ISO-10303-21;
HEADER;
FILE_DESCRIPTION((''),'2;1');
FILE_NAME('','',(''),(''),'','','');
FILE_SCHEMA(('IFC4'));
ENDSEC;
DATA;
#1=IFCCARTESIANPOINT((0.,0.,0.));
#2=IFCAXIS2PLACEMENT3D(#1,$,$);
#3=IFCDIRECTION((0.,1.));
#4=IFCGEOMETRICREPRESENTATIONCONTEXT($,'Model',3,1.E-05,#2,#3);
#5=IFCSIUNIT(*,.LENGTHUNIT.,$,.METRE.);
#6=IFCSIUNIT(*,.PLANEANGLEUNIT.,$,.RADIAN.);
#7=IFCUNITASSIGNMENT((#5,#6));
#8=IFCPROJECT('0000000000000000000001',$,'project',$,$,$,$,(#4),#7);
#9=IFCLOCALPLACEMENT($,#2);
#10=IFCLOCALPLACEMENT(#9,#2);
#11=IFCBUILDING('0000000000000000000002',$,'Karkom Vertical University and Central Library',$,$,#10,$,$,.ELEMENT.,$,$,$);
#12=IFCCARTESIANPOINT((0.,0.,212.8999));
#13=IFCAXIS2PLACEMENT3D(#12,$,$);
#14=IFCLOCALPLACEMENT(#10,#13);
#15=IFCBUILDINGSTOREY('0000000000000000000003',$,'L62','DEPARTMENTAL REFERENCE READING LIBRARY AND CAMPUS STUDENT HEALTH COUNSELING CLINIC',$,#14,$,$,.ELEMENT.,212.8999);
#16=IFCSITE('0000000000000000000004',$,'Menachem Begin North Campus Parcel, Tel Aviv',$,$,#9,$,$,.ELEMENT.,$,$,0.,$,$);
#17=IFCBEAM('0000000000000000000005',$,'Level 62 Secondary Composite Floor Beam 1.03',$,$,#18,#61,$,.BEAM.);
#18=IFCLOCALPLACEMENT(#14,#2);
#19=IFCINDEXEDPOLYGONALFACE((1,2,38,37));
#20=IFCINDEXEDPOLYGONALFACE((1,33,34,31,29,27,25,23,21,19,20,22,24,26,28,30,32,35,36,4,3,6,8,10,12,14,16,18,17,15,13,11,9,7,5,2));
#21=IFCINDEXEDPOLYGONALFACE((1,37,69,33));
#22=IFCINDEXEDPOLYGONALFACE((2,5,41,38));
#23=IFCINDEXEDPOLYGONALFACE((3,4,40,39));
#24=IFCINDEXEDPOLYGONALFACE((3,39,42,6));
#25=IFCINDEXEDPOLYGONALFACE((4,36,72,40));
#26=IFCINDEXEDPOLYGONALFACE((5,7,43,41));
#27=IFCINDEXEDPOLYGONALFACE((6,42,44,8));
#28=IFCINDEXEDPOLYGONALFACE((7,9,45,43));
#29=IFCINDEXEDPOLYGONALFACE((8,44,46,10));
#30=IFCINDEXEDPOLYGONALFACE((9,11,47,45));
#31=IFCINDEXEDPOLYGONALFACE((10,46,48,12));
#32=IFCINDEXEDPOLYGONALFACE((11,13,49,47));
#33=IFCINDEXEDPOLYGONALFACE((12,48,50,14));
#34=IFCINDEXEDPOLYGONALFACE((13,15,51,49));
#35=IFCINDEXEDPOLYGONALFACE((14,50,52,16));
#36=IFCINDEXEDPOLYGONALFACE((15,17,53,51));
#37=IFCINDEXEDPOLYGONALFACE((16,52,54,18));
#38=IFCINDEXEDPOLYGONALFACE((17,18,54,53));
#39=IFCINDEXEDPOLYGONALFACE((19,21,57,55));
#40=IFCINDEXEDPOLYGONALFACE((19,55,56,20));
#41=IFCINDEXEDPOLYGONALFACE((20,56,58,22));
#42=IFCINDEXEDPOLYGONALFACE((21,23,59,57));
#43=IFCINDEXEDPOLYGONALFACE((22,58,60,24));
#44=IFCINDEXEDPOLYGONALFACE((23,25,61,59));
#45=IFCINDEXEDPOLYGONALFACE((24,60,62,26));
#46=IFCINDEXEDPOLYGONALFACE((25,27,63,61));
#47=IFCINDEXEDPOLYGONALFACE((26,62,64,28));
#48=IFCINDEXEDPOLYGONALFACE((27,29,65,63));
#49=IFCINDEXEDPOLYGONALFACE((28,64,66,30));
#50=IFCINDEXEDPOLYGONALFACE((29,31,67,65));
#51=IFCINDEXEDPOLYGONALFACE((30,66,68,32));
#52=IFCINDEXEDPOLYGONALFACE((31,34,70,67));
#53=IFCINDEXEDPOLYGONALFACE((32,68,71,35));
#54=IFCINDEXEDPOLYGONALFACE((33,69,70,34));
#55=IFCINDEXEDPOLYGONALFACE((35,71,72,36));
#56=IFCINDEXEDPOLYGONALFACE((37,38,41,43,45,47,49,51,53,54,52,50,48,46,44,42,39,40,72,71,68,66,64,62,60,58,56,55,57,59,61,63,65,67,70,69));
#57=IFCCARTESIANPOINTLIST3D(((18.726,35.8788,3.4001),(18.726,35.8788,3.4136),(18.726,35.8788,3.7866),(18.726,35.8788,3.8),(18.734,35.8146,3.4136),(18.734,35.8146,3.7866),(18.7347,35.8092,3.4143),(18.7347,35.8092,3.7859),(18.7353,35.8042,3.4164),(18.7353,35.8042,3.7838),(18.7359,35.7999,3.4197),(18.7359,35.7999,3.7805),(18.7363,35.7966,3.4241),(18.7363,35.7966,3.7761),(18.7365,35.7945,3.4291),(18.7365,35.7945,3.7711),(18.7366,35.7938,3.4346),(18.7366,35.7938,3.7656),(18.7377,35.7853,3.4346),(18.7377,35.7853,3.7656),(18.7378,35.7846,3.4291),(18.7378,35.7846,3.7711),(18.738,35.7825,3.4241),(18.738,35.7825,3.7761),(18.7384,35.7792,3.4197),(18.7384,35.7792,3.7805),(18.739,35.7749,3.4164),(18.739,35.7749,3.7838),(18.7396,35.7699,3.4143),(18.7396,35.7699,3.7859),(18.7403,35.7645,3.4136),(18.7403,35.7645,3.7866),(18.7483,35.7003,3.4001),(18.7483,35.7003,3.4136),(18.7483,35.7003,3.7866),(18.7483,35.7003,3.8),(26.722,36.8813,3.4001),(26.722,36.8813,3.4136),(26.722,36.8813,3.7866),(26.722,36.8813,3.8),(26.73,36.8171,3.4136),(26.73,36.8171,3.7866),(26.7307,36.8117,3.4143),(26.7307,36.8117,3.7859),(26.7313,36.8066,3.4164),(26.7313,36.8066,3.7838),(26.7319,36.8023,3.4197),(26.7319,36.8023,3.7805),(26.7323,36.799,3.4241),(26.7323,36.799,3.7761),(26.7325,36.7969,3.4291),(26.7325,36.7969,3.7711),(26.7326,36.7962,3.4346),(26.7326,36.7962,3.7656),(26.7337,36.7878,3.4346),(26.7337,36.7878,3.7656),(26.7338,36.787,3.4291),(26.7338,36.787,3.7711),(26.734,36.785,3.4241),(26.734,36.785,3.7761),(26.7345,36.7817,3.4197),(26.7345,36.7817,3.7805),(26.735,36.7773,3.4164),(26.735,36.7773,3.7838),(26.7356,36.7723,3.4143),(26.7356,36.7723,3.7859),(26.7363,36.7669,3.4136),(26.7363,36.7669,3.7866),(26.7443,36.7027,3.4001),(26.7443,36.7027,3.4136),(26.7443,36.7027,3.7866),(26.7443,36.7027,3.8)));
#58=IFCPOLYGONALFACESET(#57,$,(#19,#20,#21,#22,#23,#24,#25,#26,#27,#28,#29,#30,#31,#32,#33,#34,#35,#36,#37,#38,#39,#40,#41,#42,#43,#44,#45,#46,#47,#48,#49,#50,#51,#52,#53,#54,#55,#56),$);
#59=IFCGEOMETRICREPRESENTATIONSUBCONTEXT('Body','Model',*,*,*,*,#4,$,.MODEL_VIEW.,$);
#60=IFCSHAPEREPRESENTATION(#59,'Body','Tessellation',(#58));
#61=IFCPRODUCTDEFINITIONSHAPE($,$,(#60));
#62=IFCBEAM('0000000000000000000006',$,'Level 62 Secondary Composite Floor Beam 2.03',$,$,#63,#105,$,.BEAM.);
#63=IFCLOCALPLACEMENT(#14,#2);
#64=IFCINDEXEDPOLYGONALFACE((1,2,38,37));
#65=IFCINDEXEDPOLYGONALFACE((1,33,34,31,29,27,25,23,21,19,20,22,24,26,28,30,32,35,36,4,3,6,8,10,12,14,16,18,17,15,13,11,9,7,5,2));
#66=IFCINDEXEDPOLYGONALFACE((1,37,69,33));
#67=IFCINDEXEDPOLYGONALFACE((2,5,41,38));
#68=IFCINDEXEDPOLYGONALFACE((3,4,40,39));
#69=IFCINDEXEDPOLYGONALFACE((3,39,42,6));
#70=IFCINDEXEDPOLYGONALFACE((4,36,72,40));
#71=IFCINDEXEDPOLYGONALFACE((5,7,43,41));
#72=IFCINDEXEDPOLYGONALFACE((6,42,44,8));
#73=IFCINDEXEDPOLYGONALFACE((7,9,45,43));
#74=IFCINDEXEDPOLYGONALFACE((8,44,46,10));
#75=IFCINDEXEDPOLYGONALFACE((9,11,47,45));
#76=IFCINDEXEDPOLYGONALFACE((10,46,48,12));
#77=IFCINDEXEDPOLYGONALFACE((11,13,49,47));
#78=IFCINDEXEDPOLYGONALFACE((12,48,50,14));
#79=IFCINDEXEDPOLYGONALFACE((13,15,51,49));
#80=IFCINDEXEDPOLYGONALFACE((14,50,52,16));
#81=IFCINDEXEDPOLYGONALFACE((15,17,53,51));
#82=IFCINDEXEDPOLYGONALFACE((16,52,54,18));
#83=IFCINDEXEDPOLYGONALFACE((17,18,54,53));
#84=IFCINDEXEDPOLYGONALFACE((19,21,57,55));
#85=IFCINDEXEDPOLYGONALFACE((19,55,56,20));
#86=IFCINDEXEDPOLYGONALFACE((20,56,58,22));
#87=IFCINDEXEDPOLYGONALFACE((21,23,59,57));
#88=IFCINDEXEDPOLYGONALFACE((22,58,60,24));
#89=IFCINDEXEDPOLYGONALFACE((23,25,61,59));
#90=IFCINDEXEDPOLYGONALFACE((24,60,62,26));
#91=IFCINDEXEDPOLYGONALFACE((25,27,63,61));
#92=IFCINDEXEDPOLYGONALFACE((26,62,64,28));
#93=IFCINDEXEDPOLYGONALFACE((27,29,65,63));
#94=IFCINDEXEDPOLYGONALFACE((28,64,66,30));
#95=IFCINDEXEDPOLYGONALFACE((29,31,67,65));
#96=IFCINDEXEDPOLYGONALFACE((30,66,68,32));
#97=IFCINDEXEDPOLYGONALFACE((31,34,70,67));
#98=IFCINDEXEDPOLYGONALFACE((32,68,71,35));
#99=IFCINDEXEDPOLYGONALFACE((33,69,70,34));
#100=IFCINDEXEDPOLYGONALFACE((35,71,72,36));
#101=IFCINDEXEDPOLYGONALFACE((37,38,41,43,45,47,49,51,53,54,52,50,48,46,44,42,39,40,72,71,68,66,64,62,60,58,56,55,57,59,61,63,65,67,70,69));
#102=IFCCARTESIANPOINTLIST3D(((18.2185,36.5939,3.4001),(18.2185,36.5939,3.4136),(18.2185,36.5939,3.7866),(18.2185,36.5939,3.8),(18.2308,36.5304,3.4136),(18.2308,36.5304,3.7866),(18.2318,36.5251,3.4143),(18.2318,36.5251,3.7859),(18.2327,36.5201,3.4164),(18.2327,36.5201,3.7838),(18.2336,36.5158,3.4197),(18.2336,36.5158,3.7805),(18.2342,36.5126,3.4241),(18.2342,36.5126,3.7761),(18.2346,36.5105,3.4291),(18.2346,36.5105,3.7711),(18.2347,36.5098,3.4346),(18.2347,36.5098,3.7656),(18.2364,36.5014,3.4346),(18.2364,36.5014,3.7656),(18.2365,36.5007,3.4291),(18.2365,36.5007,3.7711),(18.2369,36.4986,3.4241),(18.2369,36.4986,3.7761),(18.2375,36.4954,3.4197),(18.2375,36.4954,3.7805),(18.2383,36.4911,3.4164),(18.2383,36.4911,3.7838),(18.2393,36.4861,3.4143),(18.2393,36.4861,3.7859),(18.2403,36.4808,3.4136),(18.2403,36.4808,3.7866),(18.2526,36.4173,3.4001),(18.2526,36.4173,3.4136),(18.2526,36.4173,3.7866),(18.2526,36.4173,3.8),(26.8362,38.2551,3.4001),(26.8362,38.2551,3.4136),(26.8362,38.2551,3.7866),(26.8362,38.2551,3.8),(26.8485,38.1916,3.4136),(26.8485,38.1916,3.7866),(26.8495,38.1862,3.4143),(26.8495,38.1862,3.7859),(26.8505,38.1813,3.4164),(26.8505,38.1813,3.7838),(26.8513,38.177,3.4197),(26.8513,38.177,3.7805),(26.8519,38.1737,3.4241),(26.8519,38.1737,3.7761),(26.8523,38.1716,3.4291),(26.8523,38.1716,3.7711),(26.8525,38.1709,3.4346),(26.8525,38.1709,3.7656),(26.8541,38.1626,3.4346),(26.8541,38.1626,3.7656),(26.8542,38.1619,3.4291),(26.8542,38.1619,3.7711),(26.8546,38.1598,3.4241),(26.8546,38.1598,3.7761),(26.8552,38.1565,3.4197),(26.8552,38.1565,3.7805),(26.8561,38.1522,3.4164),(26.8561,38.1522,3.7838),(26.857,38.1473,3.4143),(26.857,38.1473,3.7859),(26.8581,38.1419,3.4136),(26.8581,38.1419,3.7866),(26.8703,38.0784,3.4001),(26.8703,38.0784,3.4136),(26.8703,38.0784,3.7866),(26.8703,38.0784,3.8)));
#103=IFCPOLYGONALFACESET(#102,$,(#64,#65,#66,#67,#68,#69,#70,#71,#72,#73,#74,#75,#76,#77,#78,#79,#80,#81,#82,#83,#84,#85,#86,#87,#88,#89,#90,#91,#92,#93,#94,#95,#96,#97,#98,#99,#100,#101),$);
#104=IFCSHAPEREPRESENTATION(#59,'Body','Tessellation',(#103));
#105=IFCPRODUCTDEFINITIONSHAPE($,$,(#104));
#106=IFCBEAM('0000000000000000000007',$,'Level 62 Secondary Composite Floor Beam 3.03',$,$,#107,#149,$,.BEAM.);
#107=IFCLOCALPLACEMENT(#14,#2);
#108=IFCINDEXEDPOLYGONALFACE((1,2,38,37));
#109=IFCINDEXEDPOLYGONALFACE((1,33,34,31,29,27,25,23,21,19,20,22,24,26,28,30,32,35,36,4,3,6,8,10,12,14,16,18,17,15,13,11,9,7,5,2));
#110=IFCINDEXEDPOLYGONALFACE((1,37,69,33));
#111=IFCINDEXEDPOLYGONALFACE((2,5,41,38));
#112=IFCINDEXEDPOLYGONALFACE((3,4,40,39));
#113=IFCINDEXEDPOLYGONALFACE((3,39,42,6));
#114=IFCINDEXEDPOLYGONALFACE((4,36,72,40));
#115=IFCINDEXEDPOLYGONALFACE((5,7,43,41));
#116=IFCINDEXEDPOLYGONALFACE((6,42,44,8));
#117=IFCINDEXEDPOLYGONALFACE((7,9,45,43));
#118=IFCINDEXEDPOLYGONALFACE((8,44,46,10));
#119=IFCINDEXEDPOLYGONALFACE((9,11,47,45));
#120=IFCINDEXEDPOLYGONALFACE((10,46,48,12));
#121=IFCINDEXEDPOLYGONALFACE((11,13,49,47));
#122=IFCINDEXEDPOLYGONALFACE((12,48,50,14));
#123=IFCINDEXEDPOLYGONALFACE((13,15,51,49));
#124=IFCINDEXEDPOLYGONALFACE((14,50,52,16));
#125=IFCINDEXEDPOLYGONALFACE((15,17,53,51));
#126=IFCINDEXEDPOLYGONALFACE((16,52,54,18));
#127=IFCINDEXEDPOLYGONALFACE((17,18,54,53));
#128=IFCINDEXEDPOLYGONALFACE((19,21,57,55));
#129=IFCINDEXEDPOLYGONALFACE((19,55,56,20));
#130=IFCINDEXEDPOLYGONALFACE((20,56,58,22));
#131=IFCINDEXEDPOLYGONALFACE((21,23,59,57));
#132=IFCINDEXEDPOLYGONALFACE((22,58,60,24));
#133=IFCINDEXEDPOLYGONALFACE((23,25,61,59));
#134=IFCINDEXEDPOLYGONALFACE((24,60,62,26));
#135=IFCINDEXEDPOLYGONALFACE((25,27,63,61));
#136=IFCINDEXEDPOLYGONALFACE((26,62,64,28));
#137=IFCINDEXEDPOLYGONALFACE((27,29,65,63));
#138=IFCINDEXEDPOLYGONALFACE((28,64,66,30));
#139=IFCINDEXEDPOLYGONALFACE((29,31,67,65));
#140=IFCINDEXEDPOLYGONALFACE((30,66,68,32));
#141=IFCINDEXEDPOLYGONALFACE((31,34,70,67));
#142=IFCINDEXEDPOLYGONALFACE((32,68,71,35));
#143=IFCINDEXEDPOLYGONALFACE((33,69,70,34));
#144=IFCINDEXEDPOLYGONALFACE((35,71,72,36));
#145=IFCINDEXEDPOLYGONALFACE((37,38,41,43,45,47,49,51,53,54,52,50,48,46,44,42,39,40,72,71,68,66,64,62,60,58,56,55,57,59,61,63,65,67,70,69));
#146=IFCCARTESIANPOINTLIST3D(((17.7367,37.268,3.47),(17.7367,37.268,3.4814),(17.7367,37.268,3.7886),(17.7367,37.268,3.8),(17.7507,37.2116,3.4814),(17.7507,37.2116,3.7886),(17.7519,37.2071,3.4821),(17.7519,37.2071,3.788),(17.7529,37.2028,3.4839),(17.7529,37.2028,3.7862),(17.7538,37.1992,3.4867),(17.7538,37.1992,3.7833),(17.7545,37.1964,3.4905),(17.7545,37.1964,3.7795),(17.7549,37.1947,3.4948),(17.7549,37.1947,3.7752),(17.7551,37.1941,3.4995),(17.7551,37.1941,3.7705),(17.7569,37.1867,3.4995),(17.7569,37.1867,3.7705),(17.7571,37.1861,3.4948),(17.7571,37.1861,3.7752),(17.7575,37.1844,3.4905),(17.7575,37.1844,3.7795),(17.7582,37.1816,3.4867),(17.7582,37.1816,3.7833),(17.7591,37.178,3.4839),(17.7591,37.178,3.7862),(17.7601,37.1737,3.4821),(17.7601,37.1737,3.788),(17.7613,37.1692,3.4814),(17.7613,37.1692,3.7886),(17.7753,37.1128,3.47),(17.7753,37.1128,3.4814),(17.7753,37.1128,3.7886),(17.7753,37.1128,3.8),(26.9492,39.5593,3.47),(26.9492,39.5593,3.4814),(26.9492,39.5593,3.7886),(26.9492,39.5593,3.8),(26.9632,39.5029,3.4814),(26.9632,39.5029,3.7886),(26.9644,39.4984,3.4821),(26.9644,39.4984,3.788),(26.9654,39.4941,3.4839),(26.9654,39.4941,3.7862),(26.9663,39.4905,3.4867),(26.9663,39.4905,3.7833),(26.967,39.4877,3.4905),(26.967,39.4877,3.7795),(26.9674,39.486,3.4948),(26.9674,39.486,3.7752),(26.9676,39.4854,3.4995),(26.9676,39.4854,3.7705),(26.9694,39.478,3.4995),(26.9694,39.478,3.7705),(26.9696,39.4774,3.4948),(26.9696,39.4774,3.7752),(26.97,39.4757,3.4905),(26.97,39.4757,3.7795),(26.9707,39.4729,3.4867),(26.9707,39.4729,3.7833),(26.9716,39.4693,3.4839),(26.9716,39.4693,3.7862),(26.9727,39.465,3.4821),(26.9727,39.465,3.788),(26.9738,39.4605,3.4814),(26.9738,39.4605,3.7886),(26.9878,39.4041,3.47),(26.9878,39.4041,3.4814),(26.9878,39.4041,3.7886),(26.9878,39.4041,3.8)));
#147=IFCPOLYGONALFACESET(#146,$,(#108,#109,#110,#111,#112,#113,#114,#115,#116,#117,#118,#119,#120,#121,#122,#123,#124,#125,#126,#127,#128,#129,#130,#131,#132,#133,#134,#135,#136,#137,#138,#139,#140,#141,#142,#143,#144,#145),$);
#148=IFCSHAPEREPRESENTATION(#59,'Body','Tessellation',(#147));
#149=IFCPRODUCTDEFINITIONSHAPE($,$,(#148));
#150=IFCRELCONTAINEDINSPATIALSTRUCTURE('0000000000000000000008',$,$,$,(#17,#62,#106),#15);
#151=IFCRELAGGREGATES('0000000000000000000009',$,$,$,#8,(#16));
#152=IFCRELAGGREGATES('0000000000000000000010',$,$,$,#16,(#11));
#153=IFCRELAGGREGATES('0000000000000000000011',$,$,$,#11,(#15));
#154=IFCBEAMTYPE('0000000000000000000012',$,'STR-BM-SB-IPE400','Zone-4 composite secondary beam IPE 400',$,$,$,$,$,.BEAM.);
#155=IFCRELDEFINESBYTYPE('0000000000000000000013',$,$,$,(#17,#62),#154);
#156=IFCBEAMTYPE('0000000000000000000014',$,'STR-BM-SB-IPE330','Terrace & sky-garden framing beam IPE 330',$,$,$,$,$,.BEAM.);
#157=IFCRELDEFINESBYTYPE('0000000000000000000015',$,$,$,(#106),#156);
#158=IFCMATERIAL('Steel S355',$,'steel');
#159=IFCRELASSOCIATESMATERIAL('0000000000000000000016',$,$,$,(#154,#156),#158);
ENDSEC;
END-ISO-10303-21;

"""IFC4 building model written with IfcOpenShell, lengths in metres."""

from ifc_helpers import new_model, si_unit, direction, frame, origin, origin_with_axes, origin_2d, place, context, subcontext, project, spatial, i_section, extrude, source, transform, mapped, material, material_profile, profile_set, type_object, element, save


model = new_model("IFC4")

# Units and contexts
model_context = context("Model", 3, precision=1e-05, world=origin(), true_north=direction((0.0, 1.0)))
body_context = subcontext(model_context, "Body", "Model", "MODEL_VIEW")
ifc_project = project(units=[si_unit("LENGTHUNIT", "METRE"), si_unit("PLANEANGLEUNIT", "RADIAN")], contexts=[model_context])

# Site, building, storey
site_placement = place(None, origin())
site = spatial("IfcSite", under=ifc_project, at=site_placement, Name="Menachem Begin North Campus Parcel, Tel Aviv", CompositionType="ELEMENT", RefElevation=0.0)
building_placement = place(site_placement, origin())
building = spatial("IfcBuilding", under=site, at=building_placement, Name="Karkom Vertical University and Central Library", CompositionType="ELEMENT")
storey_placement = place(building_placement, frame((0.0, 0.0, 212.8999)))
storey = spatial("IfcBuildingStorey", under=building, at=storey_placement, Name="L62", Description="DEPARTMENTAL REFERENCE READING LIBRARY AND CAMPUS STUDENT HEALTH COUNSELING CLINIC", CompositionType="ELEMENT", Elevation=212.8999)

# Beams
ifc_material_1 = material(Name="Steel S355", Category="steel")
ifc_material_profile_1 = material_profile(ifc_material_1, i_section(OverallWidth=0.1799, OverallDepth=0.3999, WebThickness=0.0085, FlangeThickness=0.0134, FilletRadius=0.021, at=origin_2d()), Name="IPE 400")
ifc_profile_set_1 = profile_set([ifc_material_profile_1], Name="Steel S355")
beam_type_1 = type_object("IfcBeamType", Name="STR-BM-SB-IPE400", Description="Zone-4 composite secondary beam IPE 400", PredefinedType="BEAM", material=ifc_profile_set_1)
shared_shape_1 = source(origin_with_axes(), body_context, "Body", "SweptSolid", [
    extrude(i_section(OverallWidth=0.1799, OverallDepth=0.3999, WebThickness=0.0085, FlangeThickness=0.0134, FilletRadius=0.021, at=origin_2d()), origin(), (0.0, 0.0, 1.0), 8.0586),
])
beam_1_placement = place(storey_placement, frame((26.7332, 36.792, 3.6001), z_axis=(-0.992233, -0.124393, 0.0), x_axis=(0.124393, -0.992233, 0.0)))
element("IfcBeam", 1, at=beam_1_placement, inside=storey, type_object=beam_type_1, Name="Level 62 Secondary Composite Floor Beam 1.03", PredefinedType="BEAM", context=body_context, shape_type="MappedRepresentation", body=[
    mapped(shared_shape_1, transform((0.0, 0.0, 0.0), scale=1.0)),
])
shared_shape_2 = source(origin_with_axes(), body_context, "Body", "SweptSolid", [
    extrude(i_section(OverallWidth=0.1799, OverallDepth=0.3999, WebThickness=0.0085, FlangeThickness=0.0134, FilletRadius=0.021, at=origin_2d()), origin(), (0.0, 0.0, 1.0), 8.7764),
])
beam_2_placement = place(storey_placement, frame((26.8533, 38.1667, 3.6001), z_axis=(-0.981924, -0.189275, 0.0), x_axis=(0.189275, -0.981924, 0.0)))
element("IfcBeam", 2, at=beam_2_placement, inside=storey, type_object=beam_type_1, Name="Level 62 Secondary Composite Floor Beam 2.03", PredefinedType="BEAM", context=body_context, shape_type="MappedRepresentation", body=[
    mapped(shared_shape_2, transform((0.0, 0.0, 0.0), scale=1.0)),
])
ifc_material_profile_2 = material_profile(ifc_material_1, i_section(OverallWidth=0.1599, OverallDepth=0.3301, WebThickness=0.0076, FlangeThickness=0.0115, FilletRadius=0.0181, at=origin_2d()), Name="IPE 330")
ifc_profile_set_2 = profile_set([ifc_material_profile_2], Name="Steel S355")
beam_type_2 = type_object("IfcBeamType", Name="STR-BM-SB-IPE330", Description="Terrace & sky-garden framing beam IPE 330", PredefinedType="BEAM", material=ifc_profile_set_2)
shared_shape_3 = source(origin_with_axes(), body_context, "Body", "SweptSolid", [
    extrude(i_section(OverallWidth=0.1599, OverallDepth=0.3301, WebThickness=0.0076, FlangeThickness=0.0115, FilletRadius=0.0181, at=origin_2d()), origin(), (0.0, 0.0, 1.0), 9.4932),
])
beam_3_placement = place(storey_placement, frame((26.9685, 39.4817, 3.635), z_axis=(-0.970435, -0.241362, 0.0), x_axis=(0.241362, -0.970435, 0.0)))
element("IfcBeam", 3, at=beam_3_placement, inside=storey, type_object=beam_type_2, Name="Level 62 Secondary Composite Floor Beam 3.03", PredefinedType="BEAM", context=body_context, shape_type="MappedRepresentation", body=[
    mapped(shared_shape_3, transform((0.0, 0.0, 0.0), scale=1.0)),
])

save(model, "model.ifc")
